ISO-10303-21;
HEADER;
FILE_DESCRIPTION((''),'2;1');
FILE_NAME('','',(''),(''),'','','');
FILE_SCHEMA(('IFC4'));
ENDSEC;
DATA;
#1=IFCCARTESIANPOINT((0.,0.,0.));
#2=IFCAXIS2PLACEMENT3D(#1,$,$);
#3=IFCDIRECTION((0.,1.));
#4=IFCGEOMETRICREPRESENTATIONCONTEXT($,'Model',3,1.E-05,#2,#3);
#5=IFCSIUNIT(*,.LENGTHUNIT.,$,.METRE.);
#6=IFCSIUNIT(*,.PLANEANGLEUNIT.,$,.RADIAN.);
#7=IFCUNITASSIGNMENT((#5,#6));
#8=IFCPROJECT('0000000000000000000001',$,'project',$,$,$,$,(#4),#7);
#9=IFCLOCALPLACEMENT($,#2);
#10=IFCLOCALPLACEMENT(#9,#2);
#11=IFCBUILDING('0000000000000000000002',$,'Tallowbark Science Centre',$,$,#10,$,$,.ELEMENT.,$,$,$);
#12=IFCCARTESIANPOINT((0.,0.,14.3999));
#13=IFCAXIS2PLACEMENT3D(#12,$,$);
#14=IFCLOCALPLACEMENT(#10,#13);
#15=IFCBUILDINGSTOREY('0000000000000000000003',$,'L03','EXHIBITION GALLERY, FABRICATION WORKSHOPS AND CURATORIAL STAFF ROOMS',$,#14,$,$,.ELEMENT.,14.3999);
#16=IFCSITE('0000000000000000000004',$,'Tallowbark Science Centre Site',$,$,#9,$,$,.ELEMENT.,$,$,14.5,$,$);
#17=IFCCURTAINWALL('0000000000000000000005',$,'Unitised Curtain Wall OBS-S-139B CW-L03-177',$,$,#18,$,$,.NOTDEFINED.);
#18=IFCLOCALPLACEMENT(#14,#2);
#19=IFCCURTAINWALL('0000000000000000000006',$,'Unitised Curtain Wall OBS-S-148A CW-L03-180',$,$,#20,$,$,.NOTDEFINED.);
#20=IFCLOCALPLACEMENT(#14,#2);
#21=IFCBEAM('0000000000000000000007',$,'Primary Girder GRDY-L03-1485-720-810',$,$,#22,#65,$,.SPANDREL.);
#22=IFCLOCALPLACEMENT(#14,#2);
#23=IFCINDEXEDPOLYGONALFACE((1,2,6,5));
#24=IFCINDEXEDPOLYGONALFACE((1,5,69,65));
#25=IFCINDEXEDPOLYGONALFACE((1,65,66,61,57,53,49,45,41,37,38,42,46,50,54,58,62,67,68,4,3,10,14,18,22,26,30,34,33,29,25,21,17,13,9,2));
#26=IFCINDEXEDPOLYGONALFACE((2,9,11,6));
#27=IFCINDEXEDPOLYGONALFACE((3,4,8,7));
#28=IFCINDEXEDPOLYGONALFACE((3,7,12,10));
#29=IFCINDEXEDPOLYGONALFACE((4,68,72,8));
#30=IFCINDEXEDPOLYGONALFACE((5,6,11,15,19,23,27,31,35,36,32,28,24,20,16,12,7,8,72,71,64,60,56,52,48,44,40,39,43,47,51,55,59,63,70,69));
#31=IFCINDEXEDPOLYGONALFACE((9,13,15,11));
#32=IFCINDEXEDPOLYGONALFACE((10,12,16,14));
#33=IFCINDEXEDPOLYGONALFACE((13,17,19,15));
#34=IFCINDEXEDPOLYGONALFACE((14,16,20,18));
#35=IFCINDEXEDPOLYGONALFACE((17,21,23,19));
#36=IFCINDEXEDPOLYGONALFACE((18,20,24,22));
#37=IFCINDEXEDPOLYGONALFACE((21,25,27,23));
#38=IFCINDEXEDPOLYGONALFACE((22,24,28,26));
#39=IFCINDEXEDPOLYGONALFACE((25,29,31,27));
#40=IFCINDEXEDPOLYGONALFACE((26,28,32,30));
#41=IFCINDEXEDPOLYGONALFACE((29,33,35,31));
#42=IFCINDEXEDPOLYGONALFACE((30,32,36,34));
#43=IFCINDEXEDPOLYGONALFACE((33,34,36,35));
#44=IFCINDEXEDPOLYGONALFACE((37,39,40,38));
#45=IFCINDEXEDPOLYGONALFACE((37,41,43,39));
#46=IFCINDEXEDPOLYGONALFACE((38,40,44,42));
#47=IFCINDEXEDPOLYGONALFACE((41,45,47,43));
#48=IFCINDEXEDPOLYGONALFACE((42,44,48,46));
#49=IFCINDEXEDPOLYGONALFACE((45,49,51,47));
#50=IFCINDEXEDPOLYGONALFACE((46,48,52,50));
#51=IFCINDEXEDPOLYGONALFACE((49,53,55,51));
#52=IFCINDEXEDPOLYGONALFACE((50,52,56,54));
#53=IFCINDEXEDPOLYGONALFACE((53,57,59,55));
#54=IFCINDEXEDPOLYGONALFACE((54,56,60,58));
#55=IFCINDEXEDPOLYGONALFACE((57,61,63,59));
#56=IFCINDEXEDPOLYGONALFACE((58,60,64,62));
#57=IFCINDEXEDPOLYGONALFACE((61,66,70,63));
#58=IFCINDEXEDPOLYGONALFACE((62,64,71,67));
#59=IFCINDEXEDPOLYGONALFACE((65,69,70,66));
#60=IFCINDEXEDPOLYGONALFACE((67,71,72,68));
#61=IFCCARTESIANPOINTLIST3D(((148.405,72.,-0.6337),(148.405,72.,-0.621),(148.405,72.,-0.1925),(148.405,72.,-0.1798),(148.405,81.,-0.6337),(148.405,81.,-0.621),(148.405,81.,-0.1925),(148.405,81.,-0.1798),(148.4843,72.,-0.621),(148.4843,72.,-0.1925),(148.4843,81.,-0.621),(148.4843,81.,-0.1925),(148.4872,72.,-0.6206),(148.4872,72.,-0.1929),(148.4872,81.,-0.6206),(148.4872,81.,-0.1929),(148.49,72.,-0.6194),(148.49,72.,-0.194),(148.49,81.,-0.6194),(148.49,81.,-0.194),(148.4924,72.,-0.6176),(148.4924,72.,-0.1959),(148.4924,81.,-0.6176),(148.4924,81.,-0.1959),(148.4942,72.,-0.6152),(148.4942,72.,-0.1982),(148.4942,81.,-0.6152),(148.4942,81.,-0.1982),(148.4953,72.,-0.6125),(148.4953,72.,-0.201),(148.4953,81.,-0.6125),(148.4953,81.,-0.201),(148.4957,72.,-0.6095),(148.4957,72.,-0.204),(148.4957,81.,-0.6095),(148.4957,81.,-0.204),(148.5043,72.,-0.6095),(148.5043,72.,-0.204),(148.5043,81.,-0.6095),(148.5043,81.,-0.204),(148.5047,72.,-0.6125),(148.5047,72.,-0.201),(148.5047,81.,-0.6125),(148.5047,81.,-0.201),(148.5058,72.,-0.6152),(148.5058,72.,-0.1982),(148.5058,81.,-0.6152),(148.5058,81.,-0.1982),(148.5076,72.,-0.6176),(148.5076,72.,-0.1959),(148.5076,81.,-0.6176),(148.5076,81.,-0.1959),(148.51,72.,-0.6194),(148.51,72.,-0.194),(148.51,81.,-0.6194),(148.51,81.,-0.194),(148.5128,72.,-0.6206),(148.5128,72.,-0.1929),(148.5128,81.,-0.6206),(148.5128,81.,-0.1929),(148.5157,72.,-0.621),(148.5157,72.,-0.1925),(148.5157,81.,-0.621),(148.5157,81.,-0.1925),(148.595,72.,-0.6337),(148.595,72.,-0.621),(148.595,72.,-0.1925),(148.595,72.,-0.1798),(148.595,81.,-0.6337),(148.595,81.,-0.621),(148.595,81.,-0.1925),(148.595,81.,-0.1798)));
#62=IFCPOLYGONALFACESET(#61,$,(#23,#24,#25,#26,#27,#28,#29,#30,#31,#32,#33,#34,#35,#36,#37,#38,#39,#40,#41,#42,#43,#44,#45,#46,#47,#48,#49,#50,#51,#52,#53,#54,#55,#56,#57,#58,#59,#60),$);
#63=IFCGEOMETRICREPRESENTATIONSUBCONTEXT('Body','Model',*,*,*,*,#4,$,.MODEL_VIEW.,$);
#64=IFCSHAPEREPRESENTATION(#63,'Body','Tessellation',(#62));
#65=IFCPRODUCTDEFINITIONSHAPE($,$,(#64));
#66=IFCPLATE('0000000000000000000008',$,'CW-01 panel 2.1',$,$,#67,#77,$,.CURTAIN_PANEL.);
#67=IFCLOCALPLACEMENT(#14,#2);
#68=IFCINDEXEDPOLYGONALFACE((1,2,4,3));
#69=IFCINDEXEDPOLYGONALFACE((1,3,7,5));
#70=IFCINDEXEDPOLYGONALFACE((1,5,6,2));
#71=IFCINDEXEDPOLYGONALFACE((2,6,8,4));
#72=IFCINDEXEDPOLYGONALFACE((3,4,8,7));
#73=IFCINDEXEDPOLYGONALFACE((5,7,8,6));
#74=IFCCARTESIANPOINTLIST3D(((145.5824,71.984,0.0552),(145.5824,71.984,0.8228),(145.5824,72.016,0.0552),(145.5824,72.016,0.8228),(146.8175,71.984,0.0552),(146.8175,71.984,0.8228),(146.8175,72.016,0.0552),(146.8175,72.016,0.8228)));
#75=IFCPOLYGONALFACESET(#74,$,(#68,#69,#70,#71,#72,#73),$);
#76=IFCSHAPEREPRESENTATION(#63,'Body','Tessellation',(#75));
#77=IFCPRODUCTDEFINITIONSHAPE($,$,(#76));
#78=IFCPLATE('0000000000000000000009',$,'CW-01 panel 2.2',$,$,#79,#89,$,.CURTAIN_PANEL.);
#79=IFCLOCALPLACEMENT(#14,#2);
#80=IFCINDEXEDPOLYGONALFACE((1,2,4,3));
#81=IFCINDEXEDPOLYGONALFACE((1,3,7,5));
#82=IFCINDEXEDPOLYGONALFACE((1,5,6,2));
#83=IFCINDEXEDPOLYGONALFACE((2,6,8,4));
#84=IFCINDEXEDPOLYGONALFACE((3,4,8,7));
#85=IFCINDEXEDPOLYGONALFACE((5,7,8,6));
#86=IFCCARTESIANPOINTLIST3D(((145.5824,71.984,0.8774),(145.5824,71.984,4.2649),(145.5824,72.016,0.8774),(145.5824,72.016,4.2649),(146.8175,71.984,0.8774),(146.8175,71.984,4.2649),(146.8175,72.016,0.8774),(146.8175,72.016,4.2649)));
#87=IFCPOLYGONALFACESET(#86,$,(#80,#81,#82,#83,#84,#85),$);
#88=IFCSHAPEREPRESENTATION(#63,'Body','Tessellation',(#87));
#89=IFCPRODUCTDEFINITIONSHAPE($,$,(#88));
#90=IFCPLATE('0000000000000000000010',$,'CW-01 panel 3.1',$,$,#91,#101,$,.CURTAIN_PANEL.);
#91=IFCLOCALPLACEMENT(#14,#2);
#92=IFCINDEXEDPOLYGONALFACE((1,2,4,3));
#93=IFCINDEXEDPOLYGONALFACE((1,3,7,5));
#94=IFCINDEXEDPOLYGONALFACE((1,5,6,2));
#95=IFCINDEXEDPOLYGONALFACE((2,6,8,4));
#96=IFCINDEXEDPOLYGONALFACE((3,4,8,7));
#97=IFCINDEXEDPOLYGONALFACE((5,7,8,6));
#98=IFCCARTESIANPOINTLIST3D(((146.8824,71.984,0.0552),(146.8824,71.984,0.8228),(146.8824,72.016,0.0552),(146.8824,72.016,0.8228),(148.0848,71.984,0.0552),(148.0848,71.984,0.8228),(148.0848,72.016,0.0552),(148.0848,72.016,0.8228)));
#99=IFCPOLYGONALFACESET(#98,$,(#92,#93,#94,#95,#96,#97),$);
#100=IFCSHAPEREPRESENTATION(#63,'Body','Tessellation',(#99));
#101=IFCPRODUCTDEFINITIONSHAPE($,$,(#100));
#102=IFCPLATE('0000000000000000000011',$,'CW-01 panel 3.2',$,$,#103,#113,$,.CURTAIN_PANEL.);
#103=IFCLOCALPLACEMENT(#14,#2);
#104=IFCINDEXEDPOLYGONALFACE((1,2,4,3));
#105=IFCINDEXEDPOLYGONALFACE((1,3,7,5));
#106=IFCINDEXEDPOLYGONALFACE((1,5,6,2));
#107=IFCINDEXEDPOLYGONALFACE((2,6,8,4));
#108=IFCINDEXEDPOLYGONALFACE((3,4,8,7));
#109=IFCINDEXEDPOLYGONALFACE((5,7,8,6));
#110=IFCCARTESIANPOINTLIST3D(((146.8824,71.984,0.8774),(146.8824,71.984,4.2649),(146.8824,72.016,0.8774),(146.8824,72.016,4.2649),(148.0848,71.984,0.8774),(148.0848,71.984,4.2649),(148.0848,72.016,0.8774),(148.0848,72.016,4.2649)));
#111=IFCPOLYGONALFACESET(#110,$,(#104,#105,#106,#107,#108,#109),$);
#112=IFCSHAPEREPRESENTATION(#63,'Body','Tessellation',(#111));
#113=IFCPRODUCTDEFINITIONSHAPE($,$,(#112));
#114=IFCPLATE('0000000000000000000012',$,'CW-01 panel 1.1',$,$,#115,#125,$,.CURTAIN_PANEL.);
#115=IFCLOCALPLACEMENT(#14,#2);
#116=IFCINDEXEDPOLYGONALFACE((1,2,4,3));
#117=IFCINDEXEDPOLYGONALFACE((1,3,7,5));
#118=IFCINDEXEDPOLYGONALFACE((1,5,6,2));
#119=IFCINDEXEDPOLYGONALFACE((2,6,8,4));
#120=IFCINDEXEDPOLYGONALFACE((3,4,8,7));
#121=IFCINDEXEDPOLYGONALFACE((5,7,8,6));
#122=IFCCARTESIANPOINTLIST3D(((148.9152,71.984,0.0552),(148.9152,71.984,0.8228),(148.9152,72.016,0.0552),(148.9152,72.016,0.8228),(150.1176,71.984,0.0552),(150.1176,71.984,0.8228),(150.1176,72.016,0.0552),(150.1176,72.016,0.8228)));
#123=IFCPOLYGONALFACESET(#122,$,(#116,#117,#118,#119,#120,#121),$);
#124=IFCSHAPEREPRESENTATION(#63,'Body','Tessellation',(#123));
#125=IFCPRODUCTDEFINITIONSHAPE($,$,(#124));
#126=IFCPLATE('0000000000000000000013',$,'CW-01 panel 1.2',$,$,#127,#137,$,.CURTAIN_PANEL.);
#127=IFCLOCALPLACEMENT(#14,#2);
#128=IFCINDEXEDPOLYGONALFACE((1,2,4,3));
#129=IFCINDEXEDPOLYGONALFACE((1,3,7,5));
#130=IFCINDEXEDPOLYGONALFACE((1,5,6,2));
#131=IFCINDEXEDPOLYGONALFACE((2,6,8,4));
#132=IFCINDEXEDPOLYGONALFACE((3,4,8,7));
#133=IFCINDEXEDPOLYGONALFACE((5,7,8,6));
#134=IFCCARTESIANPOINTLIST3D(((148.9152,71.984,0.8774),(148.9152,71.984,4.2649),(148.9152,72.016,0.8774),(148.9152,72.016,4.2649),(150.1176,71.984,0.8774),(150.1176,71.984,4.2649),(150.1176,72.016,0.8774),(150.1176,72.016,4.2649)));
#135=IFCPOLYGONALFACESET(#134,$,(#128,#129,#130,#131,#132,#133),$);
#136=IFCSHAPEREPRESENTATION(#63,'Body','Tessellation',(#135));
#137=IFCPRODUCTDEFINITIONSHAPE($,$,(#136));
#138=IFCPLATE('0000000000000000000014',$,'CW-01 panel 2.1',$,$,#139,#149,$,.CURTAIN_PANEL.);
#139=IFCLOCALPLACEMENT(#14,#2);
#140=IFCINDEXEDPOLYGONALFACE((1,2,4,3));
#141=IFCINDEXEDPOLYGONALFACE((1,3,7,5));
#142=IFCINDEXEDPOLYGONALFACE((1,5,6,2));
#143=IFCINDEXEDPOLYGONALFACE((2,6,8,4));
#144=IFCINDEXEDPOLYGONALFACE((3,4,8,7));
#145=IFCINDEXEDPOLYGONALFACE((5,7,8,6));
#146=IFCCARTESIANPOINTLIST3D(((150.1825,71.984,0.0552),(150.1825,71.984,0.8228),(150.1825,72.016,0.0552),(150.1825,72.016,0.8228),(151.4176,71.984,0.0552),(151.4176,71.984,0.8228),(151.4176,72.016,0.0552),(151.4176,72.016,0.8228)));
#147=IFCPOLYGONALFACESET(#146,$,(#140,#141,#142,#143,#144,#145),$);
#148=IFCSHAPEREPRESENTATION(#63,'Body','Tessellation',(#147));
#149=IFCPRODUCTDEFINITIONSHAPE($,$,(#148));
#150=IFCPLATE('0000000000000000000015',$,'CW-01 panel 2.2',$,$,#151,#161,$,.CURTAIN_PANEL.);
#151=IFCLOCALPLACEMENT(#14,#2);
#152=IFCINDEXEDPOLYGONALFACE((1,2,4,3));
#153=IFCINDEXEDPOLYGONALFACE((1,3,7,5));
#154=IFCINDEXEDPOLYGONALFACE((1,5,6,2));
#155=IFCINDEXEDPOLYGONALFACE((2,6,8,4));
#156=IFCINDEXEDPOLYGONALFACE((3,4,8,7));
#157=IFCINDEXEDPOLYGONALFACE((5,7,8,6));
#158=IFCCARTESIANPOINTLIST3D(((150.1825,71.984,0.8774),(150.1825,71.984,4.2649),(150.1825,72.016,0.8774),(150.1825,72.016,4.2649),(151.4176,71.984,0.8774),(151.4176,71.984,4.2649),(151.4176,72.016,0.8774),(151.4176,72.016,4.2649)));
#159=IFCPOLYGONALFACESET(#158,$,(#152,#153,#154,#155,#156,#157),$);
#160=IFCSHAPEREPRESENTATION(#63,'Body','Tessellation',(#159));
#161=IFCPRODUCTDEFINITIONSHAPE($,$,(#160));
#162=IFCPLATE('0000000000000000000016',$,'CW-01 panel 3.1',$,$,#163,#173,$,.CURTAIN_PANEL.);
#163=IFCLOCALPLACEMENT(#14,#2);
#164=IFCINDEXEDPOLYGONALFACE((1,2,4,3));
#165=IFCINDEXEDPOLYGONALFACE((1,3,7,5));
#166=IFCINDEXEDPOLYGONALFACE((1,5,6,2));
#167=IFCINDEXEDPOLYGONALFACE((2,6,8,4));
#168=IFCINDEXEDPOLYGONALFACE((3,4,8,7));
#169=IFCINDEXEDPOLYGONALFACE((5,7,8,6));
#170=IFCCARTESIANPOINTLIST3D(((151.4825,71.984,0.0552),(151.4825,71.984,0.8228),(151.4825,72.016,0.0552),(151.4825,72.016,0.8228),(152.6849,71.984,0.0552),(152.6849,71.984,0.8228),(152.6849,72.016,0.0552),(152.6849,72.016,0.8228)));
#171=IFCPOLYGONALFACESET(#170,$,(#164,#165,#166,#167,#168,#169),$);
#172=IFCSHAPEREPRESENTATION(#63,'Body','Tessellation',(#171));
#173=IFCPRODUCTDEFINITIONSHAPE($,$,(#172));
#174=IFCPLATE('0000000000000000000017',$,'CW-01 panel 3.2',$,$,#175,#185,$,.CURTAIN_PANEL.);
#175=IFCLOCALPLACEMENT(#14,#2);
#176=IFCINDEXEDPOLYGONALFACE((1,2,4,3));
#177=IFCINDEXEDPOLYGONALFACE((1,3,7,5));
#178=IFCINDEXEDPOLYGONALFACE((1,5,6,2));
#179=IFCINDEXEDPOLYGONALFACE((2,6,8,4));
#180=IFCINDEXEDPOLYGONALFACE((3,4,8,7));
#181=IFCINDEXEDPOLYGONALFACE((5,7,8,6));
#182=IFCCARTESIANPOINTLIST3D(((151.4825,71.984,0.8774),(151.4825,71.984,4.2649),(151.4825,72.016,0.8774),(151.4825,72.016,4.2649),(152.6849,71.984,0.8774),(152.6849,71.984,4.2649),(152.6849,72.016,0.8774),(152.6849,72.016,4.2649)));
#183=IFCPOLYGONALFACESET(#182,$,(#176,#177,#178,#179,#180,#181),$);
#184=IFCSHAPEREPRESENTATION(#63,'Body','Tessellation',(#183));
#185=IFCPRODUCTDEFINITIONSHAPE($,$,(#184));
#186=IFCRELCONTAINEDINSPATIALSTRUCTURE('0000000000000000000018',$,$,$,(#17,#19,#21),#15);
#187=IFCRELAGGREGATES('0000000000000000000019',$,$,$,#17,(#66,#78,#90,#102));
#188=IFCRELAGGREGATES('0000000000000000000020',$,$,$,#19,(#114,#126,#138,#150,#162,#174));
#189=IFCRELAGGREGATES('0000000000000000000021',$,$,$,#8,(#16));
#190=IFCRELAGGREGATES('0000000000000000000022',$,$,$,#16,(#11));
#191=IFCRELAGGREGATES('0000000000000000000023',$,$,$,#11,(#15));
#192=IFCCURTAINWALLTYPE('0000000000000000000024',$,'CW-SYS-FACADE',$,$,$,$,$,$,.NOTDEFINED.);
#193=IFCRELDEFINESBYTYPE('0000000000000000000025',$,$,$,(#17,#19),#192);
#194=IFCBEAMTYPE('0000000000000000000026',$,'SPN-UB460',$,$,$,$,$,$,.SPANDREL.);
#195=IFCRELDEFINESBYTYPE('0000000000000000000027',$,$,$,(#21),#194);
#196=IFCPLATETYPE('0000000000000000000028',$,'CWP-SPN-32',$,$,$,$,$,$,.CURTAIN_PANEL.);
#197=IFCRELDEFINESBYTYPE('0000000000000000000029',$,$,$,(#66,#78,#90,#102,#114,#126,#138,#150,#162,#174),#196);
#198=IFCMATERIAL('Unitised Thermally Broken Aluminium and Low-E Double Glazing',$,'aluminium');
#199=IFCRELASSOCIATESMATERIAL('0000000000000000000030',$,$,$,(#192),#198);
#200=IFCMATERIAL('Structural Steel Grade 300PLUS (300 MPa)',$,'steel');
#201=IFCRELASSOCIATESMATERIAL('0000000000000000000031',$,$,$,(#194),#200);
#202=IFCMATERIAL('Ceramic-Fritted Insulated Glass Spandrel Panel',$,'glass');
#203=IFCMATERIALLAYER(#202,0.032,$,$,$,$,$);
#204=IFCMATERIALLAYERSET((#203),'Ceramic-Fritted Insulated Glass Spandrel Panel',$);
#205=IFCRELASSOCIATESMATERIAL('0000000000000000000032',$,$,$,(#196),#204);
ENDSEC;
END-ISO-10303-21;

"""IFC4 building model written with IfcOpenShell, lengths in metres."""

from ifc_helpers import new_model, si_unit, direction, frame, origin, origin_2d, place, context, subcontext, project, spatial, rectangle, i_section, extrude, material, layer, layer_set, material_profile, profile_set, type_object, element, aggregate, save


model = new_model("IFC4")

# Units and contexts
model_context = context("Model", 3, precision=1e-05, world=origin(), true_north=direction((0.0, 1.0)))
body_context = subcontext(model_context, "Body", "Model", "MODEL_VIEW")
ifc_project = project(units=[si_unit("LENGTHUNIT", "METRE"), si_unit("PLANEANGLEUNIT", "RADIAN")], contexts=[model_context])

# Site, building, storey
site_placement = place(None, origin())
site = spatial("IfcSite", under=ifc_project, at=site_placement, Name="Tallowbark Science Centre Site", CompositionType="ELEMENT", RefElevation=14.5)
building_placement = place(site_placement, origin())
building = spatial("IfcBuilding", under=site, at=building_placement, Name="Tallowbark Science Centre", CompositionType="ELEMENT")
storey_placement = place(building_placement, frame((0.0, 0.0, 14.3999)))
storey = spatial("IfcBuildingStorey", under=building, at=storey_placement, Name="L03", Description="EXHIBITION GALLERY, FABRICATION WORKSHOPS AND CURATORIAL STAFF ROOMS", CompositionType="ELEMENT", Elevation=14.3999)

# Shared definitions
ifc_material_1 = material(Name="Structural Steel Grade 300PLUS (300 MPa)", Category="steel")

# Curtain walls
ifc_material_2 = material(Name="Unitised Thermally Broken Aluminium and Low-E Double Glazing", Category="aluminium")
curtain_wall_type = type_object("IfcCurtainWallType", Name="CW-SYS-FACADE", PredefinedType="NOTDEFINED", material=ifc_material_2)
curtain_wall_1_placement = place(storey_placement, origin())
curtain_wall_1 = element("IfcCurtainWall", 1, at=curtain_wall_1_placement, inside=storey, type_object=curtain_wall_type, Name="Unitised Curtain Wall OBS-S-139B CW-L03-177", PredefinedType="NOTDEFINED")
curtain_wall_2_placement = place(storey_placement, origin())
curtain_wall_2 = element("IfcCurtainWall", 2, at=curtain_wall_2_placement, inside=storey, type_object=curtain_wall_type, Name="Unitised Curtain Wall OBS-S-148A CW-L03-180", PredefinedType="NOTDEFINED")

# Beam
ifc_material_profile_1 = material_profile(ifc_material_1, i_section(OverallWidth=0.1899, OverallDepth=0.4539, WebThickness=0.0085, FlangeThickness=0.0127, FilletRadius=0.0115, at=origin_2d()), Name="460UB67.1")
ifc_profile_set_1 = profile_set([ifc_material_profile_1], Name="Structural Steel Grade 300PLUS (300 MPa)")
beam_type = type_object("IfcBeamType", Name="SPN-UB460", PredefinedType="SPANDREL", material=ifc_profile_set_1)
for number, where, z_axis, x_axis, name in (
    (3, (148.5, 72.0, -0.4067), (0.0, 1.0, 0.0), (-1.0, 0.0, 0.0), "Primary Girder GRDY-L03-1485-720-810"),
):
    element("IfcBeam", number, at=place(storey_placement, frame(where, z_axis=z_axis, x_axis=x_axis)), inside=storey, type_object=beam_type, Name=name, PredefinedType="SPANDREL", context=body_context, shape_type="SweptSolid", body=[
        extrude(i_section(OverallWidth=0.1899, OverallDepth=0.4539, WebThickness=0.0085, FlangeThickness=0.0127, FilletRadius=0.0115, at=origin_2d()), origin(), (0.0, 0.0, 1.0), 9.0),
    ])

# Plates
ifc_material_3 = material(Name="Ceramic-Fritted Insulated Glass Spandrel Panel", Category="glass")
ifc_layer = layer(ifc_material_3, 0.032)
ifc_layer_set = layer_set([ifc_layer], Name="Ceramic-Fritted Insulated Glass Spandrel Panel")
plate_type = type_object("IfcPlateType", Name="CWP-SPN-32", PredefinedType="CURTAIN_PANEL", material=ifc_layer_set)
plate_1_placement = place(storey_placement, frame((146.2, 72.0, 0.0552), z_axis=(0.0, 0.0, 1.0), x_axis=(1.0, 0.0, 0.0)))
plate_1 = element("IfcPlate", 4, at=plate_1_placement, type_object=plate_type, Name="CW-01 panel 2.1", PredefinedType="CURTAIN_PANEL", context=body_context, shape_type="SweptSolid", body=[
    extrude(rectangle(XDim=1.2351, YDim=0.032, at=origin_2d()), origin(), (0.0, 0.0, 1.0), 0.7676),
])
plate_2_placement = place(storey_placement, frame((146.2, 72.0, 0.8774), z_axis=(0.0, 0.0, 1.0), x_axis=(1.0, 0.0, 0.0)))
plate_2 = element("IfcPlate", 5, at=plate_2_placement, type_object=plate_type, Name="CW-01 panel 2.2", PredefinedType="CURTAIN_PANEL", context=body_context, shape_type="SweptSolid", body=[
    extrude(rectangle(XDim=1.2351, YDim=0.032, at=origin_2d()), origin(), (0.0, 0.0, 1.0), 3.3875),
])
plate_3_placement = place(storey_placement, frame((147.4836, 72.0, 0.0552), z_axis=(0.0, 0.0, 1.0), x_axis=(1.0, 0.0, 0.0)))
plate_3 = element("IfcPlate", 6, at=plate_3_placement, type_object=plate_type, Name="CW-01 panel 3.1", PredefinedType="CURTAIN_PANEL", context=body_context, shape_type="SweptSolid", body=[
    extrude(rectangle(XDim=1.2024, YDim=0.032, at=origin_2d()), origin(), (0.0, 0.0, 1.0), 0.7676),
])
plate_4_placement = place(storey_placement, frame((147.4836, 72.0, 0.8774), z_axis=(0.0, 0.0, 1.0), x_axis=(1.0, 0.0, 0.0)))
plate_4 = element("IfcPlate", 7, at=plate_4_placement, type_object=plate_type, Name="CW-01 panel 3.2", PredefinedType="CURTAIN_PANEL", context=body_context, shape_type="SweptSolid", body=[
    extrude(rectangle(XDim=1.2024, YDim=0.032, at=origin_2d()), origin(), (0.0, 0.0, 1.0), 3.3875),
])
aggregate(curtain_wall_1, [plate_1, plate_2, plate_3, plate_4])
plate_5_placement = place(storey_placement, frame((149.5164, 72.0, 0.0552), z_axis=(0.0, 0.0, 1.0), x_axis=(1.0, 0.0, 0.0)))
plate_5 = element("IfcPlate", 8, at=plate_5_placement, type_object=plate_type, Name="CW-01 panel 1.1", PredefinedType="CURTAIN_PANEL", context=body_context, shape_type="SweptSolid", body=[
    extrude(rectangle(XDim=1.2024, YDim=0.032, at=origin_2d()), origin(), (0.0, 0.0, 1.0), 0.7676),
])
plate_6_placement = place(storey_placement, frame((149.5164, 72.0, 0.8774), z_axis=(0.0, 0.0, 1.0), x_axis=(1.0, 0.0, 0.0)))
plate_6 = element("IfcPlate", 9, at=plate_6_placement, type_object=plate_type, Name="CW-01 panel 1.2", PredefinedType="CURTAIN_PANEL", context=body_context, shape_type="SweptSolid", body=[
    extrude(rectangle(XDim=1.2024, YDim=0.032, at=origin_2d()), origin(), (0.0, 0.0, 1.0), 3.3875),
])
plate_7_placement = place(storey_placement, frame((150.8, 72.0, 0.0552), z_axis=(0.0, 0.0, 1.0), x_axis=(1.0, 0.0, 0.0)))
plate_7 = element("IfcPlate", 10, at=plate_7_placement, type_object=plate_type, Name="CW-01 panel 2.1", PredefinedType="CURTAIN_PANEL", context=body_context, shape_type="SweptSolid", body=[
    extrude(rectangle(XDim=1.2351, YDim=0.032, at=origin_2d()), origin(), (0.0, 0.0, 1.0), 0.7676),
])
plate_8_placement = place(storey_placement, frame((150.8, 72.0, 0.8774), z_axis=(0.0, 0.0, 1.0), x_axis=(1.0, 0.0, 0.0)))
plate_8 = element("IfcPlate", 11, at=plate_8_placement, type_object=plate_type, Name="CW-01 panel 2.2", PredefinedType="CURTAIN_PANEL", context=body_context, shape_type="SweptSolid", body=[
    extrude(rectangle(XDim=1.2351, YDim=0.032, at=origin_2d()), origin(), (0.0, 0.0, 1.0), 3.3875),
])
plate_9_placement = place(storey_placement, frame((152.0837, 72.0, 0.0552), z_axis=(0.0, 0.0, 1.0), x_axis=(1.0, 0.0, 0.0)))
plate_9 = element("IfcPlate", 12, at=plate_9_placement, type_object=plate_type, Name="CW-01 panel 3.1", PredefinedType="CURTAIN_PANEL", context=body_context, shape_type="SweptSolid", body=[
    extrude(rectangle(XDim=1.2024, YDim=0.032, at=origin_2d()), origin(), (0.0, 0.0, 1.0), 0.7676),
])
plate_10_placement = place(storey_placement, frame((152.0837, 72.0, 0.8774), z_axis=(0.0, 0.0, 1.0), x_axis=(1.0, 0.0, 0.0)))
plate_10 = element("IfcPlate", 13, at=plate_10_placement, type_object=plate_type, Name="CW-01 panel 3.2", PredefinedType="CURTAIN_PANEL", context=body_context, shape_type="SweptSolid", body=[
    extrude(rectangle(XDim=1.2024, YDim=0.032, at=origin_2d()), origin(), (0.0, 0.0, 1.0), 3.3875),
])
aggregate(curtain_wall_2, [plate_5, plate_6, plate_7, plate_8, plate_9, plate_10])

save(model, "model.ifc")
